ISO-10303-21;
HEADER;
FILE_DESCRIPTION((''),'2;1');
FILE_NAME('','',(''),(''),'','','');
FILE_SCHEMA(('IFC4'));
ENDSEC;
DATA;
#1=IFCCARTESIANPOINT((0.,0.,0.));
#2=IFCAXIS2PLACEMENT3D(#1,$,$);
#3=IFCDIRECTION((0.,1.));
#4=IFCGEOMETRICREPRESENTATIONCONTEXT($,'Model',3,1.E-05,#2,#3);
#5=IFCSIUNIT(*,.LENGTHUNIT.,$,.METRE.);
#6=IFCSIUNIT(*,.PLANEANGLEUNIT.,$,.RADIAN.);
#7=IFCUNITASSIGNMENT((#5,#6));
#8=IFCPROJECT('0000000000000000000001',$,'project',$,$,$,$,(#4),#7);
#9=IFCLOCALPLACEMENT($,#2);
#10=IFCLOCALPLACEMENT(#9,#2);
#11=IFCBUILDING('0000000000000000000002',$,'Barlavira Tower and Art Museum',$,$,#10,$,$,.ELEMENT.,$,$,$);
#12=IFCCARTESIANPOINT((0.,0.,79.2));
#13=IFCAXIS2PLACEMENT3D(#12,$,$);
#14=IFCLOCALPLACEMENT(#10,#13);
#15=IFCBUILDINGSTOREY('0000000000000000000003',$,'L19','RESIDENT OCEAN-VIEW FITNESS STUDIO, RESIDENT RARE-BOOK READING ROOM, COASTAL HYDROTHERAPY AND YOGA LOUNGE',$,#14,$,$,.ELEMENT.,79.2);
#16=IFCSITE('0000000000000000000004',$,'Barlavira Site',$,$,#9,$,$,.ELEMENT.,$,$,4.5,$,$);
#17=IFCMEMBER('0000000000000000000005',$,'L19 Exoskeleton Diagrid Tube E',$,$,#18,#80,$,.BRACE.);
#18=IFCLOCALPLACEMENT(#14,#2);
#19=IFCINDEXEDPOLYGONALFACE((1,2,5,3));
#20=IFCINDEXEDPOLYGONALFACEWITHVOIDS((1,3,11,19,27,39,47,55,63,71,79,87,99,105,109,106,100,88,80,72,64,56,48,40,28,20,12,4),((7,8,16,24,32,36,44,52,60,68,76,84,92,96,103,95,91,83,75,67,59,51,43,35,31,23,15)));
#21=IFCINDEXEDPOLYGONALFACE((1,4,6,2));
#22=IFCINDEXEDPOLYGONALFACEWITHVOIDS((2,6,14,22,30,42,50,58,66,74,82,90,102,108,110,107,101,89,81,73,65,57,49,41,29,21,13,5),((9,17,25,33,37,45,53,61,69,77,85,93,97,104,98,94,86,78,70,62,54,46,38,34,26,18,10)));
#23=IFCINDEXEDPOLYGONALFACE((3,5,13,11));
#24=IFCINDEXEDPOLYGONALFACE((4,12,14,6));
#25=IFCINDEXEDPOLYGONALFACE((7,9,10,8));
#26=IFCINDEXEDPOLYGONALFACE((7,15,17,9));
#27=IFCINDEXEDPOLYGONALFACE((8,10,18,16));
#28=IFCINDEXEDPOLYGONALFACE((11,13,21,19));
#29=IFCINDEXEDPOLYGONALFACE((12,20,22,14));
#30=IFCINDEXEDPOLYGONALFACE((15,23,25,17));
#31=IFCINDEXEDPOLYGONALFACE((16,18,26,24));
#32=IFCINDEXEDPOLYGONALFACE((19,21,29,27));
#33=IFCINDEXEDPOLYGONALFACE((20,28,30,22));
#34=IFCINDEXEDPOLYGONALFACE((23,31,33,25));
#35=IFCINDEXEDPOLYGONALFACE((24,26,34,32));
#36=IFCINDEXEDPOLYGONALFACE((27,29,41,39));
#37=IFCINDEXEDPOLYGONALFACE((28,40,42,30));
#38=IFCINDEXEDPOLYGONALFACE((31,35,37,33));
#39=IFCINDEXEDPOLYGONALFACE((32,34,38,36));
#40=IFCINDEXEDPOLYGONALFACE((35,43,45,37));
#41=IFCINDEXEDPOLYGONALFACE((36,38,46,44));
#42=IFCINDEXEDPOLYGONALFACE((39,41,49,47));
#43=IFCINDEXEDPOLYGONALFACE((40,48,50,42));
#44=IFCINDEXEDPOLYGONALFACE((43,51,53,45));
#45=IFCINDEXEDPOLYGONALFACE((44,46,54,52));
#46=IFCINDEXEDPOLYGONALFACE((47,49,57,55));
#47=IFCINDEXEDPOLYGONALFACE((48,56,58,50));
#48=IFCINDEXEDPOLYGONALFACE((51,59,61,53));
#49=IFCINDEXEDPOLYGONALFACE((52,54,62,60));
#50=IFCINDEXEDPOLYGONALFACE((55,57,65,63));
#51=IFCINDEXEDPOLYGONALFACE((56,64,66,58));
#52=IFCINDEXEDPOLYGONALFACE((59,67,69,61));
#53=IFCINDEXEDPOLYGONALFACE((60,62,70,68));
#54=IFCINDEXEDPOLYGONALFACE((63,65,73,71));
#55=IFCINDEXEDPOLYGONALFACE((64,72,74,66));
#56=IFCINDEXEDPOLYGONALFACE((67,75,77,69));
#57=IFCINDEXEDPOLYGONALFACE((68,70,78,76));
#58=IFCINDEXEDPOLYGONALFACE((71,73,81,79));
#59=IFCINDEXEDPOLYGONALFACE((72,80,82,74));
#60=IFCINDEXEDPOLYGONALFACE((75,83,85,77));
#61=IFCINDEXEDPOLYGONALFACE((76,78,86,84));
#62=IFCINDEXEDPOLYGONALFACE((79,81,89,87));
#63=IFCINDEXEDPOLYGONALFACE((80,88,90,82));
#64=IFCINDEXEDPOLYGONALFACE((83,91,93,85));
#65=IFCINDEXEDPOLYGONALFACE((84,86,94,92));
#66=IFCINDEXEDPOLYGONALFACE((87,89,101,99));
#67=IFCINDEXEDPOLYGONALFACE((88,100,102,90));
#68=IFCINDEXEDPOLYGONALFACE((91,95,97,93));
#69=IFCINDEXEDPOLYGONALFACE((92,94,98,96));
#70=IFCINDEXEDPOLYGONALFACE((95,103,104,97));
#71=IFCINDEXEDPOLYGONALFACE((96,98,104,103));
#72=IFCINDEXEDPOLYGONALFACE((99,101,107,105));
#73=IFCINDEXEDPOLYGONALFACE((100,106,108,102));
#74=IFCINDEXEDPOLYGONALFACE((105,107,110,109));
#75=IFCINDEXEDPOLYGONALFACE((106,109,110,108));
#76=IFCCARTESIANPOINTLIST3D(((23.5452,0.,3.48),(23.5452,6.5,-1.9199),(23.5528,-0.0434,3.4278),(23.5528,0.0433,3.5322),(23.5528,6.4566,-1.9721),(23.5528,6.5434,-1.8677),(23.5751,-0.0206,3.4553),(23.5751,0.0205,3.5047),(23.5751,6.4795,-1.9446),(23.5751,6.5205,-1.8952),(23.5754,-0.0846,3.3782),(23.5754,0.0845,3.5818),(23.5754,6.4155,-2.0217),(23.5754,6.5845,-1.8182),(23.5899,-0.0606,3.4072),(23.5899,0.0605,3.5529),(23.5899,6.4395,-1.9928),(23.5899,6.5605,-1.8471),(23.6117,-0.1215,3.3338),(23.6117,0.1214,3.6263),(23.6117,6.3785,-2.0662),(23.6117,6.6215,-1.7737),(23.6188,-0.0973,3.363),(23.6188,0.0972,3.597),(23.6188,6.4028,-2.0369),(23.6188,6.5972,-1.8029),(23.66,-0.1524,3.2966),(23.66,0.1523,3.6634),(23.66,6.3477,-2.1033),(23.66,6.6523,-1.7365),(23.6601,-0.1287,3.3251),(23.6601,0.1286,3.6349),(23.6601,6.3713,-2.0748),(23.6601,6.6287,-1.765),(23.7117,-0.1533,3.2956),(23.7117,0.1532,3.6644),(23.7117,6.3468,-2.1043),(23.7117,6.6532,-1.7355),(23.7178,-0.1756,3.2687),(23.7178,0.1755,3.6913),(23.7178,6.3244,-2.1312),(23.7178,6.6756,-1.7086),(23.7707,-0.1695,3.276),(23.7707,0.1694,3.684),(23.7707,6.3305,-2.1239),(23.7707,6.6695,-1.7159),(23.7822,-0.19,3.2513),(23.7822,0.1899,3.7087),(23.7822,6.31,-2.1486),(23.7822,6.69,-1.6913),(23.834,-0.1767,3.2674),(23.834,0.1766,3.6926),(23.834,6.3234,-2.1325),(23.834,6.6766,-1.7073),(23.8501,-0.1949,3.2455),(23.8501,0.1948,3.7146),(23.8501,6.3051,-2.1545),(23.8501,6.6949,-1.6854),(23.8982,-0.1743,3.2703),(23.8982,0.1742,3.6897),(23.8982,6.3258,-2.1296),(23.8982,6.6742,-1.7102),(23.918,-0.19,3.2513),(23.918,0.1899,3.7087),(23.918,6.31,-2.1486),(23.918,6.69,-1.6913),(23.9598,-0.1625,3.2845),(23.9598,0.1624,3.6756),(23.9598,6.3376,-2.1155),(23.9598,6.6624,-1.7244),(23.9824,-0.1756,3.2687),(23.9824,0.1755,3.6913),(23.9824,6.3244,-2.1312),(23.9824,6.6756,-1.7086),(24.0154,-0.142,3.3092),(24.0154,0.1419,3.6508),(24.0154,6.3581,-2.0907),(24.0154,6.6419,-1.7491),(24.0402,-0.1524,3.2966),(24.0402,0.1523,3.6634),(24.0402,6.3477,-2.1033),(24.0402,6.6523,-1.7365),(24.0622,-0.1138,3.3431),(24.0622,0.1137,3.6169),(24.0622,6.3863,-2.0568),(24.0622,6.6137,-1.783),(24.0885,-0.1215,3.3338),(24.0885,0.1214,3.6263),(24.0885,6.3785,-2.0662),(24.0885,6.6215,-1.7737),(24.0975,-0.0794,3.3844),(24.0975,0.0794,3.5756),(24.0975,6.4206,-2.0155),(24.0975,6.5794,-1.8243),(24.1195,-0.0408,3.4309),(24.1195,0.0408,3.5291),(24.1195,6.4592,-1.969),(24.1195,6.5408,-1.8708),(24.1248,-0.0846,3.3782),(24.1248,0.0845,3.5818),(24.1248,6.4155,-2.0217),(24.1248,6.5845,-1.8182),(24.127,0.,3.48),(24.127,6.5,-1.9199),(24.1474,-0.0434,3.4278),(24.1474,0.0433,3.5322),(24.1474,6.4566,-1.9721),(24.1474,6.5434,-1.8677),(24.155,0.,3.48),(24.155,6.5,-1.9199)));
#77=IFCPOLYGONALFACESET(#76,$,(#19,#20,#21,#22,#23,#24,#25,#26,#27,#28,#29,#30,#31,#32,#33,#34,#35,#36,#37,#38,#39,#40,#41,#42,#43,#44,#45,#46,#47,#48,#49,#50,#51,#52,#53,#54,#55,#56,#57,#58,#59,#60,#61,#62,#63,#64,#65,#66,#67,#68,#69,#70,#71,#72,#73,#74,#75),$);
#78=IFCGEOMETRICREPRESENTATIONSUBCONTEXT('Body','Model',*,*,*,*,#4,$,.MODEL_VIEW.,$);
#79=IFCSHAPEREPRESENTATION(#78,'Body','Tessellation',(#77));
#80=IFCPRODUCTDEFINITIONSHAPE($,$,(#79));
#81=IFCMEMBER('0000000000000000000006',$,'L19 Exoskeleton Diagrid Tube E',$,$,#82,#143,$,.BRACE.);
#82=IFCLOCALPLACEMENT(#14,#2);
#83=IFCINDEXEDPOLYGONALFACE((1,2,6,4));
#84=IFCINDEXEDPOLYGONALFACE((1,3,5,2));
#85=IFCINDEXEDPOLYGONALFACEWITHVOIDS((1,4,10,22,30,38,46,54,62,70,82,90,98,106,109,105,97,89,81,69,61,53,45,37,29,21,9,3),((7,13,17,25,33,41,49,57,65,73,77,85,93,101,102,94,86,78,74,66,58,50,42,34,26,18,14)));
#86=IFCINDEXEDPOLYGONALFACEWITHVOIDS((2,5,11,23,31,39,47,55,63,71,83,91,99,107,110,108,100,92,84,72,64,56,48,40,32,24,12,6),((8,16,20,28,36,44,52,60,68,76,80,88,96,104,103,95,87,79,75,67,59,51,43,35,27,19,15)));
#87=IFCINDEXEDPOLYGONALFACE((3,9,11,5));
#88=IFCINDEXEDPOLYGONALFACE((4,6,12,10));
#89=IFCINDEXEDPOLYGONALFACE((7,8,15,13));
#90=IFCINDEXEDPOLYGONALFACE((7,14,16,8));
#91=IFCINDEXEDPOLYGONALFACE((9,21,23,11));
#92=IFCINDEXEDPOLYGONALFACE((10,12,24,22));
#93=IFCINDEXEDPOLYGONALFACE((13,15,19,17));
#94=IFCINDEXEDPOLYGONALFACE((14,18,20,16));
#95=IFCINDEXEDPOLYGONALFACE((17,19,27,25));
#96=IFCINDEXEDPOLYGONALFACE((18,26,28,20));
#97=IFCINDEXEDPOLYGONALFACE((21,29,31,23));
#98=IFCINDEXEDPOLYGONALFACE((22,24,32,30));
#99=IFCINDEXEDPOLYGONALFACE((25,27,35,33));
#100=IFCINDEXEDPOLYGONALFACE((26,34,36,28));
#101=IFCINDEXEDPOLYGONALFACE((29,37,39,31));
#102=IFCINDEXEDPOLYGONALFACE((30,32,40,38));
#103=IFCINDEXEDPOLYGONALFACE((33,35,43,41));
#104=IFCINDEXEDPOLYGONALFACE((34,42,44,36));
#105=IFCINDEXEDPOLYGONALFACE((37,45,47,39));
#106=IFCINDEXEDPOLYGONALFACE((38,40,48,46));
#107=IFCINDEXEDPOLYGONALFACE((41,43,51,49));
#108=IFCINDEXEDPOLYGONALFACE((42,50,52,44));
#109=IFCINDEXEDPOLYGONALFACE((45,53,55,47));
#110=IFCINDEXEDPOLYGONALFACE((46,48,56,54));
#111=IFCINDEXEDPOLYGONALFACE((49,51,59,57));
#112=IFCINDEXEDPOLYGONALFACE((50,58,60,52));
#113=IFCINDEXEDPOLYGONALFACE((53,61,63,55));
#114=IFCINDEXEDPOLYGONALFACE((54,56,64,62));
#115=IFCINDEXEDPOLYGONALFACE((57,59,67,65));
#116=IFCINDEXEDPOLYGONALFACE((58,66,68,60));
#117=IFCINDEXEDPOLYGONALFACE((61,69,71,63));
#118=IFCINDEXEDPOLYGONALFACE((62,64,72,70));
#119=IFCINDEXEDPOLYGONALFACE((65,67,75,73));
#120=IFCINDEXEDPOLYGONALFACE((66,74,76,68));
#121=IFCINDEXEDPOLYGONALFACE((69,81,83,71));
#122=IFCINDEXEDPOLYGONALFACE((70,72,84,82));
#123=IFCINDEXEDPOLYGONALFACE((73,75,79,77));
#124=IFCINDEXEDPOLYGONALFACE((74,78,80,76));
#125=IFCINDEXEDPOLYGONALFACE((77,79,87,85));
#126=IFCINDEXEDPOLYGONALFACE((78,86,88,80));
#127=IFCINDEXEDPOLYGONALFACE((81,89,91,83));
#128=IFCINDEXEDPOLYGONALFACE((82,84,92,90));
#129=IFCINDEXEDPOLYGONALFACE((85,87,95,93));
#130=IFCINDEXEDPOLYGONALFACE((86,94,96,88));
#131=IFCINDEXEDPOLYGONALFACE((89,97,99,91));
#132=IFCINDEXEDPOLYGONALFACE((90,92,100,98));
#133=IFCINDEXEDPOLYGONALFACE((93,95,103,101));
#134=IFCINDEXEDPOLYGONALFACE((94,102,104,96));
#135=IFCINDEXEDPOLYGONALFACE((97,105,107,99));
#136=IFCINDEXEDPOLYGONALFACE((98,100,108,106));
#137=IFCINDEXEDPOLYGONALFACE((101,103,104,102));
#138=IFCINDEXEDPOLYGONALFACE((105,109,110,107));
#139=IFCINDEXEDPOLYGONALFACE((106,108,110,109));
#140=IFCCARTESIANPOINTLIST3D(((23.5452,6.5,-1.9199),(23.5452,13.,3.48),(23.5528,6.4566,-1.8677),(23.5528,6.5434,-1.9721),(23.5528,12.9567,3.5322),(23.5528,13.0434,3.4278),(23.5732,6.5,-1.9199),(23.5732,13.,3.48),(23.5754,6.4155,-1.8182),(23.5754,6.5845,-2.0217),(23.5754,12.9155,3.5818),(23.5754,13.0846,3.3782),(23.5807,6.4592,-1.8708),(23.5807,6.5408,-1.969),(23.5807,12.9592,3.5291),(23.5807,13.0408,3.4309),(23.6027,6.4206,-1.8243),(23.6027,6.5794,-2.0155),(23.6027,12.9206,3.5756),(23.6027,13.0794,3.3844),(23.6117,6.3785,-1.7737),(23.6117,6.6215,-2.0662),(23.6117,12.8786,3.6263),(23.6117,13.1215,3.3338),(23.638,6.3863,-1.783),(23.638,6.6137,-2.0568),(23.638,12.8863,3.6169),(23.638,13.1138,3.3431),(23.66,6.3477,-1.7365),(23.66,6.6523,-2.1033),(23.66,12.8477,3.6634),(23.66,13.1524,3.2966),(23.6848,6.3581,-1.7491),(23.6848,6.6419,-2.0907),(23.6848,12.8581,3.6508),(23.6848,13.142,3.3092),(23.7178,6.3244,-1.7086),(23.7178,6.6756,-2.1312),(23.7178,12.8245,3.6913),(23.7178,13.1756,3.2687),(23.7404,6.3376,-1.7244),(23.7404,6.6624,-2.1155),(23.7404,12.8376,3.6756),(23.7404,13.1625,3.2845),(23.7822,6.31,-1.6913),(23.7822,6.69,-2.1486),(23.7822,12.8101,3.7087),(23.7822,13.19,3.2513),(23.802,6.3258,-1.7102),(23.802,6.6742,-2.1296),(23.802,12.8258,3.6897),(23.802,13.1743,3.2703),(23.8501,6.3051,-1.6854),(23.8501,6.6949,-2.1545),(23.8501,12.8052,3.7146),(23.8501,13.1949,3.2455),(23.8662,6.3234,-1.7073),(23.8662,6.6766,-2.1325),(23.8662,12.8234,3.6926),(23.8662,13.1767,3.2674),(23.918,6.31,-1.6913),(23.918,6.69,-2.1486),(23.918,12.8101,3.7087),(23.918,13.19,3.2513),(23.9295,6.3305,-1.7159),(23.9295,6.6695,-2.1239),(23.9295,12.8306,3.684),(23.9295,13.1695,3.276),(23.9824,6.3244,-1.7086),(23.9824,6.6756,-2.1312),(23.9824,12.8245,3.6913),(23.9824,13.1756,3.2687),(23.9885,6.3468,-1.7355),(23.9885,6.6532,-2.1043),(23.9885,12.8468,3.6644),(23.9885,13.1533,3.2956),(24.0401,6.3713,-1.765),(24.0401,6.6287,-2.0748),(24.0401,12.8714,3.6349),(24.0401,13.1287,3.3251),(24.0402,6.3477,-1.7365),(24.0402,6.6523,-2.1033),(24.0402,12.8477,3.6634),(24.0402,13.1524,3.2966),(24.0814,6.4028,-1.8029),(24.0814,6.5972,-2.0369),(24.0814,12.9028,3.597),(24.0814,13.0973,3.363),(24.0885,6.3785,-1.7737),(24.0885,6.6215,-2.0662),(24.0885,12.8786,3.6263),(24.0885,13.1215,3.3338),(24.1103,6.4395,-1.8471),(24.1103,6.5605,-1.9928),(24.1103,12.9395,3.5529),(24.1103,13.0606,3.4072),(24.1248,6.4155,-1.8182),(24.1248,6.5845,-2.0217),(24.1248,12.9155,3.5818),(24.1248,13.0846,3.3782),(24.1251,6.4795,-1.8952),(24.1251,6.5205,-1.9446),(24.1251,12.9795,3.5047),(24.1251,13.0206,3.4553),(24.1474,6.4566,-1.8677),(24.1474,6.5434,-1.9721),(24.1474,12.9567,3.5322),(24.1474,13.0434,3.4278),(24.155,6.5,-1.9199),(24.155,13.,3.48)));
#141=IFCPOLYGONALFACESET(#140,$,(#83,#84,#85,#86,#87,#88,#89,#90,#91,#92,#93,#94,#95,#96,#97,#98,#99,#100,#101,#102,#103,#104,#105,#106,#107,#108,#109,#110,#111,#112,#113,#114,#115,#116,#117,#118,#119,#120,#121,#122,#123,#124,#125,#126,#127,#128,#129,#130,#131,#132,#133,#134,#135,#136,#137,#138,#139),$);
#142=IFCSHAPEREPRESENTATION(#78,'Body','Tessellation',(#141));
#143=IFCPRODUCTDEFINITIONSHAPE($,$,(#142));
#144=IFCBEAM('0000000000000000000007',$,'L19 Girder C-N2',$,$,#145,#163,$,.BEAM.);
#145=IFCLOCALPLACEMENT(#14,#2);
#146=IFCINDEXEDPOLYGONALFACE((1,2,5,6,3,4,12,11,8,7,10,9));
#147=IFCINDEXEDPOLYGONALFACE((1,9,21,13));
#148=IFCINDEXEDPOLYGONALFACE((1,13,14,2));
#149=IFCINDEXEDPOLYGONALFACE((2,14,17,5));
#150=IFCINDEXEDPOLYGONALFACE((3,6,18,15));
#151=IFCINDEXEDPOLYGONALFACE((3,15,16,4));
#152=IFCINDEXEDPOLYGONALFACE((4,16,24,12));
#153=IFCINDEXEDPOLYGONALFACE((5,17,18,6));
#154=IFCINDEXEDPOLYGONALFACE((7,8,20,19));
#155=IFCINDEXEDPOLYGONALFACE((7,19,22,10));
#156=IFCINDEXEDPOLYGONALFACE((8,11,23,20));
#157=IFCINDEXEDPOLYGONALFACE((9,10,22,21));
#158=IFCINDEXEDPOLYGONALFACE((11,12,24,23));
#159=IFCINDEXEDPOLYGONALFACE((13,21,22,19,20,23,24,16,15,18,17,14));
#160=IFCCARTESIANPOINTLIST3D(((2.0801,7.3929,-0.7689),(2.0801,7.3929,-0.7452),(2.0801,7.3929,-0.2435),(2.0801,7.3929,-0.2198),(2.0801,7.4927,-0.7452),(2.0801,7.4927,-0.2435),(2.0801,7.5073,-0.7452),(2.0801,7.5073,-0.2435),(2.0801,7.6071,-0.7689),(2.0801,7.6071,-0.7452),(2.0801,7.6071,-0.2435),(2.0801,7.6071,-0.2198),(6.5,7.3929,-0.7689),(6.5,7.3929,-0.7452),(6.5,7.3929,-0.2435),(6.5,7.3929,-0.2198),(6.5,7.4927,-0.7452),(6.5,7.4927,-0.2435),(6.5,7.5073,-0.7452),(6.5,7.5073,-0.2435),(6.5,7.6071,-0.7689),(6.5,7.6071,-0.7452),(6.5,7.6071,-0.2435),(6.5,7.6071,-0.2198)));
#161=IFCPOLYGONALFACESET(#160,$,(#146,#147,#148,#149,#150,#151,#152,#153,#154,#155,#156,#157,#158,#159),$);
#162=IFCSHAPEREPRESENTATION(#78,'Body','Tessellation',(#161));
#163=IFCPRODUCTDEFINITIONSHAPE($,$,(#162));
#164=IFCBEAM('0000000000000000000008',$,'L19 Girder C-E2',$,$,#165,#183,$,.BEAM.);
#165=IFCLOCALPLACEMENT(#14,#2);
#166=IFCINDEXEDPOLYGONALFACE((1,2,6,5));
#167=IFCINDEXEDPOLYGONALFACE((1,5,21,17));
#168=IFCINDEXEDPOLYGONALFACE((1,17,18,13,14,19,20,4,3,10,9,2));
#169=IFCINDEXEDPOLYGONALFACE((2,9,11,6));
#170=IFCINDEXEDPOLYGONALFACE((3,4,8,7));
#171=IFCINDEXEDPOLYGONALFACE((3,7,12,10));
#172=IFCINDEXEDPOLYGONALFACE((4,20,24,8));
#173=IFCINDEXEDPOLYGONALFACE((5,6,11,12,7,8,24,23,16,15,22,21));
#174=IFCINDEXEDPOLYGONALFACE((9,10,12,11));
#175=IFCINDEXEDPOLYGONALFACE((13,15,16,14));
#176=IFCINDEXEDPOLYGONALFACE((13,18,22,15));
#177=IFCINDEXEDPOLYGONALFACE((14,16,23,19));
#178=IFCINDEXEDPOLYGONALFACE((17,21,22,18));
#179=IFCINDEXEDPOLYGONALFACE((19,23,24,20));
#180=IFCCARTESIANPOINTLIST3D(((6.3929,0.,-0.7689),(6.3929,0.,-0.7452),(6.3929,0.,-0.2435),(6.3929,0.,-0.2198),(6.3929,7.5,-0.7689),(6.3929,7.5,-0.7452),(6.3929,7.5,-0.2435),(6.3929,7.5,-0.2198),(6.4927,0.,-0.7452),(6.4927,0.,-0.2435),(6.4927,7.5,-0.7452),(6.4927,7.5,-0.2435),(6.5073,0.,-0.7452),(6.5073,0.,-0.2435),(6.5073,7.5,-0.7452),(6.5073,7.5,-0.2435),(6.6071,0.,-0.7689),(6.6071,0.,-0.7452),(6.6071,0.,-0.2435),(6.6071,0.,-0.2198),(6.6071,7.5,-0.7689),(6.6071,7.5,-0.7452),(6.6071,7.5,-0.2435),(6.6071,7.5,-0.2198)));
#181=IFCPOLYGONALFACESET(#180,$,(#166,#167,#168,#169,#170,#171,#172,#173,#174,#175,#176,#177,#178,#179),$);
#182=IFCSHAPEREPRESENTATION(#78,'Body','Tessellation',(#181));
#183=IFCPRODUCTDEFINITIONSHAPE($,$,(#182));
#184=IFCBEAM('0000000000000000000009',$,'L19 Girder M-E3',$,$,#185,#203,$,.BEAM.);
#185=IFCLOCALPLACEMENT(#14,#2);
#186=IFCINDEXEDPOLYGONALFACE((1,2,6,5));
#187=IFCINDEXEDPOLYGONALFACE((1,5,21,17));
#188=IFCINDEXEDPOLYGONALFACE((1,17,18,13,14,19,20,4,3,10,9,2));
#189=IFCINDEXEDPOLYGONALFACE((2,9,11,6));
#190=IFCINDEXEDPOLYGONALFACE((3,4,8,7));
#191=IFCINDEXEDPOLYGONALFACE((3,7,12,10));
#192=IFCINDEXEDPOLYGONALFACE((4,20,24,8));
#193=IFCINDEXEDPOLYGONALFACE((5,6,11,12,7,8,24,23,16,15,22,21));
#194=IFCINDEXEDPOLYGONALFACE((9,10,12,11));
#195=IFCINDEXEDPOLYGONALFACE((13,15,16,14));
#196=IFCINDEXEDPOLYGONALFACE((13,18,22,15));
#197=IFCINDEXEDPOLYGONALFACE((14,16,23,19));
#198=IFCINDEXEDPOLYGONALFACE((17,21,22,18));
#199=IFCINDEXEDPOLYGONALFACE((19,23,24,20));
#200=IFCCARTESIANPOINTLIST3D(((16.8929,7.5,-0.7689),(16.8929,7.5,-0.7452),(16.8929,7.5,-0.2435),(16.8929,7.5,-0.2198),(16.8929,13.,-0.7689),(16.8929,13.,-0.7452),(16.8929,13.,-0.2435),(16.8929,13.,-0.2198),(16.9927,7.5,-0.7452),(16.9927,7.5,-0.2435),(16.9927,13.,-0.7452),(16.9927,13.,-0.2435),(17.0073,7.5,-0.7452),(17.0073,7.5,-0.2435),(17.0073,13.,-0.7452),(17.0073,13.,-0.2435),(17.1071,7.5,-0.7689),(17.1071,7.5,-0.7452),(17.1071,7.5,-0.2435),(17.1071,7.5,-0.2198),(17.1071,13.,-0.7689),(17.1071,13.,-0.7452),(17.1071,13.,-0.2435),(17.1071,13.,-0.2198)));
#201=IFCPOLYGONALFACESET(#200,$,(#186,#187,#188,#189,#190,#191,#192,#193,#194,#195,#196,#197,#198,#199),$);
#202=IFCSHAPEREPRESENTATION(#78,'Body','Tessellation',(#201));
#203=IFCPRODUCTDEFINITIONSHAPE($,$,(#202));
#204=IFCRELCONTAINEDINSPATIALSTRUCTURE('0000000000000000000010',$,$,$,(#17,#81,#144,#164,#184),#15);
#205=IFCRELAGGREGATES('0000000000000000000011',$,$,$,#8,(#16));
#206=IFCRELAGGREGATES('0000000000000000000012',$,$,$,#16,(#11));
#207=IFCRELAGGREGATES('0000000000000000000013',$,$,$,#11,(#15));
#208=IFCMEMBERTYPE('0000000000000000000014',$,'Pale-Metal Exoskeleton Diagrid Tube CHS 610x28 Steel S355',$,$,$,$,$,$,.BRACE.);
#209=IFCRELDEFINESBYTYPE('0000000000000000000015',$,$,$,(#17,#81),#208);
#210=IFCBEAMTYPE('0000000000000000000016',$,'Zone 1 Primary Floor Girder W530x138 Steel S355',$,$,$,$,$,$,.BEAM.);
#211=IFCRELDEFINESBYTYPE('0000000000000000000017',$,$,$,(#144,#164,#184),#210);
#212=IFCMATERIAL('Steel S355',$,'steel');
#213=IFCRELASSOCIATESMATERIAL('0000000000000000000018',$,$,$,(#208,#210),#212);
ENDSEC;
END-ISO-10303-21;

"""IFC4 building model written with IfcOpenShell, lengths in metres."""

from ifc_helpers import new_model, si_unit, direction, frame, origin, origin_2d, place, context, subcontext, project, spatial, hollow_circle, i_section, extrude, material, material_profile, profile_set, type_object, element, save


model = new_model("IFC4")

# Units and contexts
model_context = context("Model", 3, precision=1e-05, world=origin(), true_north=direction((0.0, 1.0)))
body_context = subcontext(model_context, "Body", "Model", "MODEL_VIEW")
ifc_project = project(units=[si_unit("LENGTHUNIT", "METRE"), si_unit("PLANEANGLEUNIT", "RADIAN")], contexts=[model_context])

# Site, building, storey
site_placement = place(None, origin())
site = spatial("IfcSite", under=ifc_project, at=site_placement, Name="Barlavira Site", CompositionType="ELEMENT", RefElevation=4.5)
building_placement = place(site_placement, origin())
building = spatial("IfcBuilding", under=site, at=building_placement, Name="Barlavira Tower and Art Museum", CompositionType="ELEMENT")
storey_placement = place(building_placement, frame((0.0, 0.0, 79.2)))
storey = spatial("IfcBuildingStorey", under=building, at=storey_placement, Name="L19", Description="RESIDENT OCEAN-VIEW FITNESS STUDIO, RESIDENT RARE-BOOK READING ROOM, COASTAL HYDROTHERAPY AND YOGA LOUNGE", CompositionType="ELEMENT", Elevation=79.2)

# Shared definitions
ifc_material_1 = material(Name="Steel S355", Category="steel")

# Members
ifc_material_profile_1 = material_profile(ifc_material_1, hollow_circle(Radius=0.3049, WallThickness=0.0281, at=origin_2d()), Name="CHS 610.0x28.0")
ifc_profile_set_1 = profile_set([ifc_material_profile_1], Name="Steel S355")
member_type_1 = type_object("IfcMemberType", Name="Pale-Metal Exoskeleton Diagrid Tube CHS 610x28 Steel S355", PredefinedType="BRACE", material=ifc_profile_set_1)
for number, where, z_axis, x_axis, name in (
    (1, (23.8501, 6.5, -1.9199), (0.0, -0.769196, 0.639013), (1.0, 0.0, 0.0), "L19 Exoskeleton Diagrid Tube E"),
    (2, (23.8501, 6.5, -1.9199), (0.0, 0.769196, 0.639013), (-1.0, 0.0, 0.0), "L19 Exoskeleton Diagrid Tube E"),
):
    element("IfcMember", number, at=place(storey_placement, frame(where, z_axis=z_axis, x_axis=x_axis)), inside=storey, type_object=member_type_1, Name=name, PredefinedType="BRACE", context=body_context, shape_type="SweptSolid", body=[
        extrude(hollow_circle(Radius=0.3049, WallThickness=0.0281, at=origin_2d()), origin(), (0.0, 0.0, 1.0), 8.4504),
    ])

# Beams
ifc_material_profile_2 = material_profile(ifc_material_1, i_section(OverallWidth=0.2141, OverallDepth=0.5491, WebThickness=0.0146, FlangeThickness=0.0237, at=origin_2d()), Name="W530x138.0")
ifc_profile_set_2 = profile_set([ifc_material_profile_2], Name="Steel S355")
beam_type = type_object("IfcBeamType", Name="Zone 1 Primary Floor Girder W530x138 Steel S355", PredefinedType="BEAM", material=ifc_profile_set_2)
beam_1_placement = place(storey_placement, frame((2.0801, 7.5, -0.4944), z_axis=(1.0, 0.0, 0.0), x_axis=(0.0, 1.0, 0.0)))
element("IfcBeam", 3, at=beam_1_placement, inside=storey, type_object=beam_type, Name="L19 Girder C-N2", PredefinedType="BEAM", context=body_context, shape_type="SweptSolid", body=[
    extrude(i_section(OverallWidth=0.2141, OverallDepth=0.5491, WebThickness=0.0146, FlangeThickness=0.0237, at=origin_2d()), origin(), (0.0, 0.0, 1.0), 4.4199),
])
beam_2_placement = place(storey_placement, frame((6.5, 0.0, -0.4944), z_axis=(0.0, 1.0, 0.0), x_axis=(-1.0, 0.0, 0.0)))
element("IfcBeam", 4, at=beam_2_placement, inside=storey, type_object=beam_type, Name="L19 Girder C-E2", PredefinedType="BEAM", context=body_context, shape_type="SweptSolid", body=[
    extrude(i_section(OverallWidth=0.2141, OverallDepth=0.5491, WebThickness=0.0146, FlangeThickness=0.0237, at=origin_2d()), origin(), (0.0, 0.0, 1.0), 7.5),
])
beam_3_placement = place(storey_placement, frame((17.0, 7.5, -0.4944), z_axis=(0.0, 1.0, 0.0), x_axis=(-1.0, 0.0, 0.0)))
element("IfcBeam", 5, at=beam_3_placement, inside=storey, type_object=beam_type, Name="L19 Girder M-E3", PredefinedType="BEAM", context=body_context, shape_type="SweptSolid", body=[
    extrude(i_section(OverallWidth=0.2141, OverallDepth=0.5491, WebThickness=0.0146, FlangeThickness=0.0237, at=origin_2d()), origin(), (0.0, 0.0, 1.0), 5.5),
])

save(model, "model.ifc")
